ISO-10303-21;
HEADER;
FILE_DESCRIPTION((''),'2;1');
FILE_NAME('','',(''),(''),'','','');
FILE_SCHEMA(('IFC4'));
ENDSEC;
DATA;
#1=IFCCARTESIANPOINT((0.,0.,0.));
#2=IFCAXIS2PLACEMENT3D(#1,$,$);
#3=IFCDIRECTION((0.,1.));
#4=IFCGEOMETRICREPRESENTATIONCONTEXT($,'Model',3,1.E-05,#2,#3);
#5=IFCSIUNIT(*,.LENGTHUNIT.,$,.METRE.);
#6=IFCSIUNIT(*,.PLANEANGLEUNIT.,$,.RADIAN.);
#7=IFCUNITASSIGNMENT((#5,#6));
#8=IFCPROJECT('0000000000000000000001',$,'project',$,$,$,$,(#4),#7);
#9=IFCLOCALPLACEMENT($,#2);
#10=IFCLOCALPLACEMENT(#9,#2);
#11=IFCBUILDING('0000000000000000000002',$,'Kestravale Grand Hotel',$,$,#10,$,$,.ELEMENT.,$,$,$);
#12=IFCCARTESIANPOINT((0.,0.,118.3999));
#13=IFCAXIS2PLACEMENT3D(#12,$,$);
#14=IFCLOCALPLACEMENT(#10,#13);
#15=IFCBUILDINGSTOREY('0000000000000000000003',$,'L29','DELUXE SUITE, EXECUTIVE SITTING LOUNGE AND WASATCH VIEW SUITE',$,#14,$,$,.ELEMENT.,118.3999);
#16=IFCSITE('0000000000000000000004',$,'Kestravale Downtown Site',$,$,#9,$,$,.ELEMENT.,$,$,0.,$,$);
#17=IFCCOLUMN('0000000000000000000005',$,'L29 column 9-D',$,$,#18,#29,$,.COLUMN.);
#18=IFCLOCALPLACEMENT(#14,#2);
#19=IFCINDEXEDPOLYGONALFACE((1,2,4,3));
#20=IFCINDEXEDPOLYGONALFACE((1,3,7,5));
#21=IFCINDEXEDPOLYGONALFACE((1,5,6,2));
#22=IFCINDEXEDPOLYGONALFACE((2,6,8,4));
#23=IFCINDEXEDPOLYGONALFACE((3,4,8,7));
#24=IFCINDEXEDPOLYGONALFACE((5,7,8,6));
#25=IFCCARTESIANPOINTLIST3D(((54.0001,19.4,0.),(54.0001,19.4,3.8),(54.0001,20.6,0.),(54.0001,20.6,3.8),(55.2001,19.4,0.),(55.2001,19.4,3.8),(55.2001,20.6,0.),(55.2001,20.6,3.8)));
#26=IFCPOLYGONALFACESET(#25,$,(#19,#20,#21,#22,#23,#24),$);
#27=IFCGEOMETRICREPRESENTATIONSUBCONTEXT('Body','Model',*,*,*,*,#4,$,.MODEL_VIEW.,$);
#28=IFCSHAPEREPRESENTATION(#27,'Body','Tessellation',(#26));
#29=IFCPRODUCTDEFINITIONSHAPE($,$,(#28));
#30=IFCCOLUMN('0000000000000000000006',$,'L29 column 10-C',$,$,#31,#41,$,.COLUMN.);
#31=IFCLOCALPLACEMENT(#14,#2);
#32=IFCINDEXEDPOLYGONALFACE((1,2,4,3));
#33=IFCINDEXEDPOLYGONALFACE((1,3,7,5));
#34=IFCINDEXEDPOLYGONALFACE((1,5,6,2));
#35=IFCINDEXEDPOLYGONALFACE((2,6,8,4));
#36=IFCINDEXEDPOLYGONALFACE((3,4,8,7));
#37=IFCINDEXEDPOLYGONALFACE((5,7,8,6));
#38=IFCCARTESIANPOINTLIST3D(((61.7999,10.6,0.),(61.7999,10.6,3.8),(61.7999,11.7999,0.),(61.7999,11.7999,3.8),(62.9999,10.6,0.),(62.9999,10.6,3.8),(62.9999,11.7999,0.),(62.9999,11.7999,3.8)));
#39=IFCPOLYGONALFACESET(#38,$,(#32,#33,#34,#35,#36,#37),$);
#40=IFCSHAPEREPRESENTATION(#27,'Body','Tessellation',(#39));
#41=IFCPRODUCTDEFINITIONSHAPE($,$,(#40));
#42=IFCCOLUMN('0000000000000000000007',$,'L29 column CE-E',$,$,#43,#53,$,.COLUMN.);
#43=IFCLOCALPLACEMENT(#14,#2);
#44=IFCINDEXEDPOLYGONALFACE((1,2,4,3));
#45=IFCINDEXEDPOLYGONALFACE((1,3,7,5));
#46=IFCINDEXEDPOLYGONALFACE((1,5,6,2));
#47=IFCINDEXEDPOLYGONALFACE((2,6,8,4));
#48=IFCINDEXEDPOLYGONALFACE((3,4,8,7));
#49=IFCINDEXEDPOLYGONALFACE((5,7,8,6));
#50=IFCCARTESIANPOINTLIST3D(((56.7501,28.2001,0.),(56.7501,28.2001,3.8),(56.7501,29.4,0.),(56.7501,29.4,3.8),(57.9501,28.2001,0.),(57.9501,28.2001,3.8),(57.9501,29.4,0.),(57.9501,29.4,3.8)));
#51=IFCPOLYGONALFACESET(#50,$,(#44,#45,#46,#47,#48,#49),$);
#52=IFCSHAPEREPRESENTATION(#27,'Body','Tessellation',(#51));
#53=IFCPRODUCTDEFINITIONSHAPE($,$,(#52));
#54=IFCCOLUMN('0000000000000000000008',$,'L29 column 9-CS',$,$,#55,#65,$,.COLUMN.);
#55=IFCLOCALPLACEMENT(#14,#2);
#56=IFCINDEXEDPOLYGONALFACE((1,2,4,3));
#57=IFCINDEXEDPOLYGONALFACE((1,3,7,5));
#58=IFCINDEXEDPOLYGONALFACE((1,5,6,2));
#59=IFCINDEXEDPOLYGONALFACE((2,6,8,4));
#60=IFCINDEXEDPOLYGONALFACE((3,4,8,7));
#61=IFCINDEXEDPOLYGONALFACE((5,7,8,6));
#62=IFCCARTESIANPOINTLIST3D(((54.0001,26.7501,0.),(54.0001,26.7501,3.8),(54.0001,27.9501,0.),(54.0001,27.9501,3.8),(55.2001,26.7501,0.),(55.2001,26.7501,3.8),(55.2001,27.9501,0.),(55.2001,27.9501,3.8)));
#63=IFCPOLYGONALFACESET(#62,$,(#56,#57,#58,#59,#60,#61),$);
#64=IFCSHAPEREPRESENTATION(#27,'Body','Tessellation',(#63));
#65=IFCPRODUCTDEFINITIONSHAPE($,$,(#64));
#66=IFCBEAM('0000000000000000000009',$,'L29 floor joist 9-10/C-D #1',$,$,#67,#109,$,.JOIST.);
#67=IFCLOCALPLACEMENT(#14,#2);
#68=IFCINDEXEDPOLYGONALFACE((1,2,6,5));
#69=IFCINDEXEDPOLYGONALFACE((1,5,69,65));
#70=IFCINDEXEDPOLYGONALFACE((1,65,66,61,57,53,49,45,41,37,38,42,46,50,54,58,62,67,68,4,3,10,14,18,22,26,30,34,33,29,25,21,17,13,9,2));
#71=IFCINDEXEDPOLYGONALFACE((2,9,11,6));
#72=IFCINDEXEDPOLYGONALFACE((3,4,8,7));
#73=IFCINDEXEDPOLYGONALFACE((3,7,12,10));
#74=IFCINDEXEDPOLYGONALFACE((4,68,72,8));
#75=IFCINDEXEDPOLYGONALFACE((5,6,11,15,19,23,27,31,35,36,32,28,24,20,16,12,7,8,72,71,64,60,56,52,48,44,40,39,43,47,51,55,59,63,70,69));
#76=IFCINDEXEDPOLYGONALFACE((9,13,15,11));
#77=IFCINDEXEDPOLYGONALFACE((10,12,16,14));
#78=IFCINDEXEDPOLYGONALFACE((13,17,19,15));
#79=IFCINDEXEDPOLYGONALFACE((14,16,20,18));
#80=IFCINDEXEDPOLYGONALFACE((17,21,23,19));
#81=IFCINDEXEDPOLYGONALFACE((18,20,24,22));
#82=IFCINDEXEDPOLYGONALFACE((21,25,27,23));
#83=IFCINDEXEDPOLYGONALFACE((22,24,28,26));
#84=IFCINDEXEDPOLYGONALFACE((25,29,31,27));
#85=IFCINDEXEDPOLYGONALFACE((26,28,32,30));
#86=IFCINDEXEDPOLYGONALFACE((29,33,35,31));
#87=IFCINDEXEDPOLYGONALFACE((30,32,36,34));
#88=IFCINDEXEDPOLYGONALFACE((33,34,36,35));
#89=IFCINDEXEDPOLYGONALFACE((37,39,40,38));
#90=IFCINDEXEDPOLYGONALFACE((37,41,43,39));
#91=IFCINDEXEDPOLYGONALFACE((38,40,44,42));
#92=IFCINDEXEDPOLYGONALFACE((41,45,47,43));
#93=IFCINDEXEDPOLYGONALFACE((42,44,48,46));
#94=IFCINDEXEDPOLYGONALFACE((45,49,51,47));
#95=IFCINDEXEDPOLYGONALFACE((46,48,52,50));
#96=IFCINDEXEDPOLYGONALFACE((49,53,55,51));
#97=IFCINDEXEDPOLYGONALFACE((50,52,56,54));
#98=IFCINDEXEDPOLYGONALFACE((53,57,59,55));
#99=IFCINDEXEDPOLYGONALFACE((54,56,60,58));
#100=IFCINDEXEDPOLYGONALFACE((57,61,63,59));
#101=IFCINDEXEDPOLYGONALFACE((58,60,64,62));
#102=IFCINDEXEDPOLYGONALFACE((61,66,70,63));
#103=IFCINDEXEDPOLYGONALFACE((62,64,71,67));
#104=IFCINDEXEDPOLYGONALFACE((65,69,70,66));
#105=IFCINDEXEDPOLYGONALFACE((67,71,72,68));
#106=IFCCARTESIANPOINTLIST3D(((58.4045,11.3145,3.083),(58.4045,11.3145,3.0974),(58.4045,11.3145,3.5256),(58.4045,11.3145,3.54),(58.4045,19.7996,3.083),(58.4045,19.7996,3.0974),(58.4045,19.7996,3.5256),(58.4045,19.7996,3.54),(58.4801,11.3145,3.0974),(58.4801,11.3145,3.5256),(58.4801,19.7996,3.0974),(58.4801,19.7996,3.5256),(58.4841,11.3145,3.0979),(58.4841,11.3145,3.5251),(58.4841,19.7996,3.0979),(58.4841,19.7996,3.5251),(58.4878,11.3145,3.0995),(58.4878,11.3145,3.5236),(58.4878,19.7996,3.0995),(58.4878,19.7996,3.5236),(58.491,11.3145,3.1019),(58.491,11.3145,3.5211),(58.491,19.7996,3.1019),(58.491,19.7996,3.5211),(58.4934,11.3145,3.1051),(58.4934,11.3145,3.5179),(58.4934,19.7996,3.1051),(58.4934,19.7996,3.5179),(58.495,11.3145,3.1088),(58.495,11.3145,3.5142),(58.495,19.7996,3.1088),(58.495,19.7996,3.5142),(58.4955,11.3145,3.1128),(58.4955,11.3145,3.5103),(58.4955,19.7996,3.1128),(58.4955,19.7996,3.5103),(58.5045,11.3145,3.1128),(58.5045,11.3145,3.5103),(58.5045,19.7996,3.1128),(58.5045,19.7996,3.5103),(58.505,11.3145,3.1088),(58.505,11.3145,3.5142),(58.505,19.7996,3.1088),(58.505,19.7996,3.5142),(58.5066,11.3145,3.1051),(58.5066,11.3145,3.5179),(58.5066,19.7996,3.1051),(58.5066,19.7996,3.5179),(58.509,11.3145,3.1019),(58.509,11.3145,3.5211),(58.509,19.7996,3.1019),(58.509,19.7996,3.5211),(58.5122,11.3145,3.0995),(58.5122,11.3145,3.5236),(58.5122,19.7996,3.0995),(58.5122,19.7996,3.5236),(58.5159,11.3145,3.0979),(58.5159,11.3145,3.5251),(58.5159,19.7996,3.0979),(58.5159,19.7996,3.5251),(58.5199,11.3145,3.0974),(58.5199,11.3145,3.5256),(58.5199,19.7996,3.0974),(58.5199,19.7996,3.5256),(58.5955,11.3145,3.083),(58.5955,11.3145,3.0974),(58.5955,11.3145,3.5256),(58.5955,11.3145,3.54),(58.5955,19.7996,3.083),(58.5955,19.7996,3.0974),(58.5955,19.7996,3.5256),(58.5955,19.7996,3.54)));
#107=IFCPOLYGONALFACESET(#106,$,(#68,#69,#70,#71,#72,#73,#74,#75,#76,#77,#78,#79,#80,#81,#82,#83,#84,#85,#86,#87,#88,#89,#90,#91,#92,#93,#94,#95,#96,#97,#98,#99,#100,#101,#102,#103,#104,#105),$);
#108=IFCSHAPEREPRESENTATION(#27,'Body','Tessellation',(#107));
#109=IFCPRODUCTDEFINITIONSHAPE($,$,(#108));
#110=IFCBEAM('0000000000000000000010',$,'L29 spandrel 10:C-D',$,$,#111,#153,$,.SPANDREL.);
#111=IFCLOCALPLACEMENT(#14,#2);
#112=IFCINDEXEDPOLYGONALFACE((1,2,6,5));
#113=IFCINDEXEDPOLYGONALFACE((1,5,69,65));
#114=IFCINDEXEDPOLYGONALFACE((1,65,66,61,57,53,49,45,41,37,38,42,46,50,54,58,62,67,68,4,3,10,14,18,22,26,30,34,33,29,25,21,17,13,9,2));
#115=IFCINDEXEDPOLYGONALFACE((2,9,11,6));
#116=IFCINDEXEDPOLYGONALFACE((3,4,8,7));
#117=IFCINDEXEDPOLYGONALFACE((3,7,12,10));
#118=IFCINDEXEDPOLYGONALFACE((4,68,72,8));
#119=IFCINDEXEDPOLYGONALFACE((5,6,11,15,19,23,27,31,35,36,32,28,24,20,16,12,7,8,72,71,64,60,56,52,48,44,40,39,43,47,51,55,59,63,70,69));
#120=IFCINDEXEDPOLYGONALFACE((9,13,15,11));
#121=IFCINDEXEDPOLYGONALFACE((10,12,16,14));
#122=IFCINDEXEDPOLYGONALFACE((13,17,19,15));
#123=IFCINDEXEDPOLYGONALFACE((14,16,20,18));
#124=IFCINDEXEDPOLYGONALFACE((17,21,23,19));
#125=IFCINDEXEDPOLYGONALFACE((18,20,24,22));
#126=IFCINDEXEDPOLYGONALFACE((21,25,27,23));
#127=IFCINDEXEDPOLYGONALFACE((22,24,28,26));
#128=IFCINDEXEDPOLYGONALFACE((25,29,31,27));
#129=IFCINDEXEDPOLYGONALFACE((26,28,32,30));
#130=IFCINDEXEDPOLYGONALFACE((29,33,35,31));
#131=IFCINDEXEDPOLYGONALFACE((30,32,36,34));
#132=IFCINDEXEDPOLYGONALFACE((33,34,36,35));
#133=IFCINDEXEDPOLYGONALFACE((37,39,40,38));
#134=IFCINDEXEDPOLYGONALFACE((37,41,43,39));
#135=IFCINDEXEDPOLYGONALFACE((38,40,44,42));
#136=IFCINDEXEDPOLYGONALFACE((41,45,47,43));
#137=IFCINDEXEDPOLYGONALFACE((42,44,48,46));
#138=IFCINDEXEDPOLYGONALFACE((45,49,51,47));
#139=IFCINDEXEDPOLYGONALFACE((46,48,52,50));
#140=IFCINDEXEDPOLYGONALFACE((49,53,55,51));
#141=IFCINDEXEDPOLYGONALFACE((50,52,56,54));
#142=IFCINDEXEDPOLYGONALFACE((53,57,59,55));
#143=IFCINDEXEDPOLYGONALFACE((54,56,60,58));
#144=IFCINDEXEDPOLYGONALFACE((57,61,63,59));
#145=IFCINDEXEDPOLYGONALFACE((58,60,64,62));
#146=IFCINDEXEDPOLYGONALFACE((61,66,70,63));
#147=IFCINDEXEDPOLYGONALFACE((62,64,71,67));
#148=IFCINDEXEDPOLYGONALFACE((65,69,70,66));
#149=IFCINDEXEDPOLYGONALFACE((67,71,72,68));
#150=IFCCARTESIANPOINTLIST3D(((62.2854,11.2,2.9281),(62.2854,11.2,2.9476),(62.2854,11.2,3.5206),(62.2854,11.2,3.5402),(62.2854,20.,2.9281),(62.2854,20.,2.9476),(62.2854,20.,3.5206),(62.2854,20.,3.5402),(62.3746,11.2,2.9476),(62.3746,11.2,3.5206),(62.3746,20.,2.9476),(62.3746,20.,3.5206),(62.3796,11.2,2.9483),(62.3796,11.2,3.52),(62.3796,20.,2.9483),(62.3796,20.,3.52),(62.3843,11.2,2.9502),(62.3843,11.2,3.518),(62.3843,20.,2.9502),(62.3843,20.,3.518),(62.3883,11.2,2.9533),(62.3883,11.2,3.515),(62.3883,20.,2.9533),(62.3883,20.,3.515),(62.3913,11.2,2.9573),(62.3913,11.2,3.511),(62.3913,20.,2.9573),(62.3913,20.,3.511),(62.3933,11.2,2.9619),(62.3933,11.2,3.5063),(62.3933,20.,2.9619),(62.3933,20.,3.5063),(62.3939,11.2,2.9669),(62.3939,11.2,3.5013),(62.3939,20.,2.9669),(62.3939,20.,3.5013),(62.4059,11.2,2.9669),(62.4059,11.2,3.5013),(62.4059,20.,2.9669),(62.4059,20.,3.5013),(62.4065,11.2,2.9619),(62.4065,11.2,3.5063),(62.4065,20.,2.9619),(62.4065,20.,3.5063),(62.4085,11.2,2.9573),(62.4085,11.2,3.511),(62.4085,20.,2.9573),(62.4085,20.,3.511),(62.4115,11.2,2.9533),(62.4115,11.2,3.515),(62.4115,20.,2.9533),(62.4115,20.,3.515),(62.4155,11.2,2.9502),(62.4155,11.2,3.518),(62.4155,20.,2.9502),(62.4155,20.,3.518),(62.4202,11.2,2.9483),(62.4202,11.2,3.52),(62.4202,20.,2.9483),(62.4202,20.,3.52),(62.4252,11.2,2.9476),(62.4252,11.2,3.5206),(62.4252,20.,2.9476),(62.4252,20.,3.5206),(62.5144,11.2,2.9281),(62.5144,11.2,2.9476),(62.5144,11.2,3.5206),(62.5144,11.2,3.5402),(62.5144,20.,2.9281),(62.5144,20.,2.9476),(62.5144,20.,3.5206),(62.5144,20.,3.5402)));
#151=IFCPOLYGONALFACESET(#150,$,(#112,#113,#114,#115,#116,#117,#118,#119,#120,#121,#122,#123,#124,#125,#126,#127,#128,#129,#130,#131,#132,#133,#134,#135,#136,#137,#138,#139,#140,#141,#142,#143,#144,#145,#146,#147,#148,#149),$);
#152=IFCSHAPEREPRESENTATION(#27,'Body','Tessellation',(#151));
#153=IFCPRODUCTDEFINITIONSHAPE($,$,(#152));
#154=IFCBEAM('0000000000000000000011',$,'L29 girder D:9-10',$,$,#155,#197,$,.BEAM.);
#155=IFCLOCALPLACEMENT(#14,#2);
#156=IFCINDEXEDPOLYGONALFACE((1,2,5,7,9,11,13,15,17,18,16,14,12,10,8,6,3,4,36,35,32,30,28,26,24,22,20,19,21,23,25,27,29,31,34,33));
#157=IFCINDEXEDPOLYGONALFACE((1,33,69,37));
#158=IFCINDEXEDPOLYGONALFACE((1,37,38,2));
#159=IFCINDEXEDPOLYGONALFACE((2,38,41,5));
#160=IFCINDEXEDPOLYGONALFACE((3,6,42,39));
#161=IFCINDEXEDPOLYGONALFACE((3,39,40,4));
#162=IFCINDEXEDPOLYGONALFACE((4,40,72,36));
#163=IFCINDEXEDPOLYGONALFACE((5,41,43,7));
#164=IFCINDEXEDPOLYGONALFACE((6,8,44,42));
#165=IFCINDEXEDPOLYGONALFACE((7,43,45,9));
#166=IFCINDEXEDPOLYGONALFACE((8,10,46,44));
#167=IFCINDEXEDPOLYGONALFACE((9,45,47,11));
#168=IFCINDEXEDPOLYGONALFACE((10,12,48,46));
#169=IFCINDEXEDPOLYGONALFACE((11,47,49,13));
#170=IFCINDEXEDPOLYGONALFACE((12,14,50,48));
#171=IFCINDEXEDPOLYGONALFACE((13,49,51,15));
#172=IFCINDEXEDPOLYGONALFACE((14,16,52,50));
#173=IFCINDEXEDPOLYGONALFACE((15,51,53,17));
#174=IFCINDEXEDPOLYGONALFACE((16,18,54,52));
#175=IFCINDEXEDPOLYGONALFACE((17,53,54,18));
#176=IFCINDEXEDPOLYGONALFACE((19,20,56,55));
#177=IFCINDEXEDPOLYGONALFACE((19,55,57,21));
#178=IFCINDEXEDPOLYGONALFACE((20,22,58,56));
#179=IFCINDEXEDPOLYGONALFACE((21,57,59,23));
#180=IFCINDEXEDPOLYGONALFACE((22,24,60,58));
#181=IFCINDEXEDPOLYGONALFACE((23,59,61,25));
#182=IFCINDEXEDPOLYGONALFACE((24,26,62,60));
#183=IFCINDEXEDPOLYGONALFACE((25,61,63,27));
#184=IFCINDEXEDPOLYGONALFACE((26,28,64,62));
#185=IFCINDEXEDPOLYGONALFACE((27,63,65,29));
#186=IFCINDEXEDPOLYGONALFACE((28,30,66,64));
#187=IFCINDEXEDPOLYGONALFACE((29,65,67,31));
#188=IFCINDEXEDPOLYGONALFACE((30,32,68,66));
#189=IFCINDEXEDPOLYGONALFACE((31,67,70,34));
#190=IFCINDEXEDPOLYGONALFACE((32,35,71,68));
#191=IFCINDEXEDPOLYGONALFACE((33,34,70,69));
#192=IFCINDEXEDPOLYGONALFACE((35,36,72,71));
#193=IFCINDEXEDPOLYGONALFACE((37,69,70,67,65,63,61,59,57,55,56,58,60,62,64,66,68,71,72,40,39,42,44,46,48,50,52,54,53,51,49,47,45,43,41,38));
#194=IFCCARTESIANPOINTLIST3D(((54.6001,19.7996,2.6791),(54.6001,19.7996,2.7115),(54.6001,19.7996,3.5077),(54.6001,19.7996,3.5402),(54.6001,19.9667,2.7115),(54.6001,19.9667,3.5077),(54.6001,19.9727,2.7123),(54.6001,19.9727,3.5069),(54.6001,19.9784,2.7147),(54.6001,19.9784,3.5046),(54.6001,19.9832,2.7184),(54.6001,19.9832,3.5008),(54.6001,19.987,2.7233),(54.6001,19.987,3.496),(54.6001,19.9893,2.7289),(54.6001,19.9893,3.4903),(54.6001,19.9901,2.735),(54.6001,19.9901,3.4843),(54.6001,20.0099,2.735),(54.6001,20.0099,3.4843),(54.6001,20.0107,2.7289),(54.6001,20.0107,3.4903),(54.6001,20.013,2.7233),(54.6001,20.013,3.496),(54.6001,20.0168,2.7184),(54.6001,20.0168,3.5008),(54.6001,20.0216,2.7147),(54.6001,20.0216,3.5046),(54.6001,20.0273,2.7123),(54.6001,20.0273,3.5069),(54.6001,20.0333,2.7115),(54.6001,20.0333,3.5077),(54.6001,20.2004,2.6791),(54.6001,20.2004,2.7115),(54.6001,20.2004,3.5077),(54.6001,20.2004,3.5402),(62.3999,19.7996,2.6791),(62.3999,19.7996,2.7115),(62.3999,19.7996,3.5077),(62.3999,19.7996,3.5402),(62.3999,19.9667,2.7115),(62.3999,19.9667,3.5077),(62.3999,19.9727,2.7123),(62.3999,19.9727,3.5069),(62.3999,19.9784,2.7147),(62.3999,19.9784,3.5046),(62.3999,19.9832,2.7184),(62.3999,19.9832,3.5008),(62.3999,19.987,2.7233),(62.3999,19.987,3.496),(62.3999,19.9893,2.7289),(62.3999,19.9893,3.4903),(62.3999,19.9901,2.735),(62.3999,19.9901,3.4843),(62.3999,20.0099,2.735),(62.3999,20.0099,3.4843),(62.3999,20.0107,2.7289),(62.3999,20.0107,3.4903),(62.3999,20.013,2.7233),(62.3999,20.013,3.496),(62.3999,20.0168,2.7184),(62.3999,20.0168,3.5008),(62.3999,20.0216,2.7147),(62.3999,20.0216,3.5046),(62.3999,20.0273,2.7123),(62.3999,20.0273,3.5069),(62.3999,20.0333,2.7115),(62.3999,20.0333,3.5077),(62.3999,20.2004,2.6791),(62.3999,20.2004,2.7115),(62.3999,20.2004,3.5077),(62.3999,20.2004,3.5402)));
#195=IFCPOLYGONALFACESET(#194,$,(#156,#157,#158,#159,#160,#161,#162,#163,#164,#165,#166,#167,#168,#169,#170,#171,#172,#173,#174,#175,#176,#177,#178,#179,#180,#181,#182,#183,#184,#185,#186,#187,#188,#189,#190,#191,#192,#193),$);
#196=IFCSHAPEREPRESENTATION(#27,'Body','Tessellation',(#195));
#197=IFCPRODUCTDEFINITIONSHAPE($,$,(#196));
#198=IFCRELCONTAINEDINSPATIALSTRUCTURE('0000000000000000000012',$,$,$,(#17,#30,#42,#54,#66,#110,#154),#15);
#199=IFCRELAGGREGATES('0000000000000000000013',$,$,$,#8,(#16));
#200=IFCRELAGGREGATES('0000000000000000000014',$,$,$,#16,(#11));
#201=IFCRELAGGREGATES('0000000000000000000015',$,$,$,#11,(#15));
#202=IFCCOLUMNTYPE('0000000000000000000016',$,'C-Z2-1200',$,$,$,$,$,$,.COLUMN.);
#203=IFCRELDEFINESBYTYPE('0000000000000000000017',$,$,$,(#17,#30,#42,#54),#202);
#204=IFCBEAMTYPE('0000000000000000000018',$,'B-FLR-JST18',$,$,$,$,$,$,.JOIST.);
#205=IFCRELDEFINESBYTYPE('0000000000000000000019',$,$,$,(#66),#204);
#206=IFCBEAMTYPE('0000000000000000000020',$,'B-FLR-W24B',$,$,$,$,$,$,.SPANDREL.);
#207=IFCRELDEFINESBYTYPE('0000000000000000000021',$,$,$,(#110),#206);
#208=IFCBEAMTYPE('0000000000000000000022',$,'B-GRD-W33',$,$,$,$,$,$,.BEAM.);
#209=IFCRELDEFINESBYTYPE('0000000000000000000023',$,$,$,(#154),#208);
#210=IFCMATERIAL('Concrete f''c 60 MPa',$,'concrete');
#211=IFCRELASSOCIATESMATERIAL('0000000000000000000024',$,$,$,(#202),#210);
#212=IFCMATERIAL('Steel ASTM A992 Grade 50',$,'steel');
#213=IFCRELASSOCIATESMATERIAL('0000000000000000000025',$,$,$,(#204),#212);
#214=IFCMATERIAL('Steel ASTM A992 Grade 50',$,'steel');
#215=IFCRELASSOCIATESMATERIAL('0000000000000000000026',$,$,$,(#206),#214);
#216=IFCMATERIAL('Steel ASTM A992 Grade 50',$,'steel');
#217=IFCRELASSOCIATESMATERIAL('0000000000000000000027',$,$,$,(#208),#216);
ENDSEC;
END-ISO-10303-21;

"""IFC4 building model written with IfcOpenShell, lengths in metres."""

from ifc_helpers import new_model, si_unit, direction, frame, origin, origin_2d, place, context, subcontext, project, spatial, rectangle, i_section, extrude, material, material_profile, profile_set, type_object, element, save


model = new_model("IFC4")

# Units and contexts
model_context = context("Model", 3, precision=1e-05, world=origin(), true_north=direction((0.0, 1.0)))
body_context = subcontext(model_context, "Body", "Model", "MODEL_VIEW")
ifc_project = project(units=[si_unit("LENGTHUNIT", "METRE"), si_unit("PLANEANGLEUNIT", "RADIAN")], contexts=[model_context])

# Site, building, storey
site_placement = place(None, origin())
site = spatial("IfcSite", under=ifc_project, at=site_placement, Name="Kestravale Downtown Site", CompositionType="ELEMENT", RefElevation=0.0)
building_placement = place(site_placement, origin())
building = spatial("IfcBuilding", under=site, at=building_placement, Name="Kestravale Grand Hotel", CompositionType="ELEMENT")
storey_placement = place(building_placement, frame((0.0, 0.0, 118.3999)))
storey = spatial("IfcBuildingStorey", under=building, at=storey_placement, Name="L29", Description="DELUXE SUITE, EXECUTIVE SITTING LOUNGE AND WASATCH VIEW SUITE", CompositionType="ELEMENT", Elevation=118.3999)

# Columns
ifc_material_1 = material(Name="Concrete f'c 60 MPa", Category="concrete")
ifc_material_profile_1 = material_profile(ifc_material_1, rectangle(XDim=1.2, YDim=1.2, at=origin_2d()))
ifc_profile_set_1 = profile_set([ifc_material_profile_1], Name="Concrete f'c 60 MPa")
column_type = type_object("IfcColumnType", Name="C-Z2-1200", PredefinedType="COLUMN", material=ifc_profile_set_1)
for number, where, z_axis, x_axis, name in (
    (1, (54.6001, 20.0, 0.0), (0.0, 0.0, 1.0), (1.0, 0.0, 0.0), "L29 column 9-D"),
    (2, (62.3999, 11.2, 0.0), (0.0, 0.0, 1.0), (1.0, 0.0, 0.0), "L29 column 10-C"),
    (3, (57.3501, 28.8, 0.0), (0.0, 0.0, 1.0), (1.0, 0.0, 0.0), "L29 column CE-E"),
    (4, (54.6001, 27.3501, 0.0), (0.0, 0.0, 1.0), (1.0, 0.0, 0.0), "L29 column 9-CS"),
):
    element("IfcColumn", number, at=place(storey_placement, frame(where, z_axis=z_axis, x_axis=x_axis)), inside=storey, type_object=column_type, Name=name, PredefinedType="COLUMN", context=body_context, shape_type="SweptSolid", body=[
        extrude(rectangle(XDim=1.2, YDim=1.2, at=origin_2d()), origin(), (0.0, 0.0, 1.0), 3.8),
    ])

# Beams
ifc_material_2 = material(Name="Steel ASTM A992 Grade 50", Category="steel")
ifc_material_profile_2 = material_profile(ifc_material_2, i_section(OverallWidth=0.1909, OverallDepth=0.457, WebThickness=0.009, FlangeThickness=0.0144, FilletRadius=0.0154, at=origin_2d()))
ifc_profile_set_2 = profile_set([ifc_material_profile_2], Name="Steel ASTM A992 Grade 50")
beam_type_1 = type_object("IfcBeamType", Name="B-FLR-JST18", PredefinedType="JOIST", material=ifc_profile_set_2)
beam_1_placement = place(storey_placement, frame((58.5, 11.3145, 3.3115), z_axis=(0.0, 1.0, 0.0), x_axis=(-1.0, 0.0, 0.0)))
element("IfcBeam", 5, at=beam_1_placement, inside=storey, type_object=beam_type_1, Name="L29 floor joist 9-10/C-D #1", PredefinedType="JOIST", context=body_context, shape_type="SweptSolid", body=[
    extrude(i_section(OverallWidth=0.1909, OverallDepth=0.457, WebThickness=0.009, FlangeThickness=0.0144, FilletRadius=0.0154, at=origin_2d()), origin(), (0.0, 0.0, 1.0), 8.4851),
])
ifc_material_3 = material(Name="Steel ASTM A992 Grade 50", Category="steel")
ifc_material_profile_3 = material_profile(ifc_material_3, i_section(OverallWidth=0.229, OverallDepth=0.6121, WebThickness=0.012, FlangeThickness=0.0195, FilletRadius=0.0193, at=origin_2d()))
ifc_profile_set_3 = profile_set([ifc_material_profile_3], Name="Steel ASTM A992 Grade 50")
beam_type_2 = type_object("IfcBeamType", Name="B-FLR-W24B", PredefinedType="SPANDREL", material=ifc_profile_set_3)
beam_2_placement = place(storey_placement, frame((62.3999, 11.2, 3.2341), z_axis=(0.0, 1.0, 0.0), x_axis=(-1.0, 0.0, 0.0)))
element("IfcBeam", 6, at=beam_2_placement, inside=storey, type_object=beam_type_2, Name="L29 spandrel 10:C-D", PredefinedType="SPANDREL", context=body_context, shape_type="SweptSolid", body=[
    extrude(i_section(OverallWidth=0.229, OverallDepth=0.6121, WebThickness=0.012, FlangeThickness=0.0195, FilletRadius=0.0193, at=origin_2d()), origin(), (0.0, 0.0, 1.0), 8.8),
])
ifc_material_4 = material(Name="Steel ASTM A992 Grade 50", Category="steel")
ifc_material_profile_4 = material_profile(ifc_material_4, i_section(OverallWidth=0.4009, OverallDepth=0.8611, WebThickness=0.0198, FlangeThickness=0.0325, FilletRadius=0.0234, at=origin_2d()))
ifc_profile_set_4 = profile_set([ifc_material_profile_4], Name="Steel ASTM A992 Grade 50")
beam_type_3 = type_object("IfcBeamType", Name="B-GRD-W33", PredefinedType="BEAM", material=ifc_profile_set_4)
beam_3_placement = place(storey_placement, frame((54.6001, 20.0, 3.1096), z_axis=(1.0, 0.0, 0.0), x_axis=(0.0, 1.0, 0.0)))
element("IfcBeam", 7, at=beam_3_placement, inside=storey, type_object=beam_type_3, Name="L29 girder D:9-10", PredefinedType="BEAM", context=body_context, shape_type="SweptSolid", body=[
    extrude(i_section(OverallWidth=0.4009, OverallDepth=0.8611, WebThickness=0.0198, FlangeThickness=0.0325, FilletRadius=0.0234, at=origin_2d()), origin(), (0.0, 0.0, 1.0), 7.7998),
])

save(model, "model.ifc")
